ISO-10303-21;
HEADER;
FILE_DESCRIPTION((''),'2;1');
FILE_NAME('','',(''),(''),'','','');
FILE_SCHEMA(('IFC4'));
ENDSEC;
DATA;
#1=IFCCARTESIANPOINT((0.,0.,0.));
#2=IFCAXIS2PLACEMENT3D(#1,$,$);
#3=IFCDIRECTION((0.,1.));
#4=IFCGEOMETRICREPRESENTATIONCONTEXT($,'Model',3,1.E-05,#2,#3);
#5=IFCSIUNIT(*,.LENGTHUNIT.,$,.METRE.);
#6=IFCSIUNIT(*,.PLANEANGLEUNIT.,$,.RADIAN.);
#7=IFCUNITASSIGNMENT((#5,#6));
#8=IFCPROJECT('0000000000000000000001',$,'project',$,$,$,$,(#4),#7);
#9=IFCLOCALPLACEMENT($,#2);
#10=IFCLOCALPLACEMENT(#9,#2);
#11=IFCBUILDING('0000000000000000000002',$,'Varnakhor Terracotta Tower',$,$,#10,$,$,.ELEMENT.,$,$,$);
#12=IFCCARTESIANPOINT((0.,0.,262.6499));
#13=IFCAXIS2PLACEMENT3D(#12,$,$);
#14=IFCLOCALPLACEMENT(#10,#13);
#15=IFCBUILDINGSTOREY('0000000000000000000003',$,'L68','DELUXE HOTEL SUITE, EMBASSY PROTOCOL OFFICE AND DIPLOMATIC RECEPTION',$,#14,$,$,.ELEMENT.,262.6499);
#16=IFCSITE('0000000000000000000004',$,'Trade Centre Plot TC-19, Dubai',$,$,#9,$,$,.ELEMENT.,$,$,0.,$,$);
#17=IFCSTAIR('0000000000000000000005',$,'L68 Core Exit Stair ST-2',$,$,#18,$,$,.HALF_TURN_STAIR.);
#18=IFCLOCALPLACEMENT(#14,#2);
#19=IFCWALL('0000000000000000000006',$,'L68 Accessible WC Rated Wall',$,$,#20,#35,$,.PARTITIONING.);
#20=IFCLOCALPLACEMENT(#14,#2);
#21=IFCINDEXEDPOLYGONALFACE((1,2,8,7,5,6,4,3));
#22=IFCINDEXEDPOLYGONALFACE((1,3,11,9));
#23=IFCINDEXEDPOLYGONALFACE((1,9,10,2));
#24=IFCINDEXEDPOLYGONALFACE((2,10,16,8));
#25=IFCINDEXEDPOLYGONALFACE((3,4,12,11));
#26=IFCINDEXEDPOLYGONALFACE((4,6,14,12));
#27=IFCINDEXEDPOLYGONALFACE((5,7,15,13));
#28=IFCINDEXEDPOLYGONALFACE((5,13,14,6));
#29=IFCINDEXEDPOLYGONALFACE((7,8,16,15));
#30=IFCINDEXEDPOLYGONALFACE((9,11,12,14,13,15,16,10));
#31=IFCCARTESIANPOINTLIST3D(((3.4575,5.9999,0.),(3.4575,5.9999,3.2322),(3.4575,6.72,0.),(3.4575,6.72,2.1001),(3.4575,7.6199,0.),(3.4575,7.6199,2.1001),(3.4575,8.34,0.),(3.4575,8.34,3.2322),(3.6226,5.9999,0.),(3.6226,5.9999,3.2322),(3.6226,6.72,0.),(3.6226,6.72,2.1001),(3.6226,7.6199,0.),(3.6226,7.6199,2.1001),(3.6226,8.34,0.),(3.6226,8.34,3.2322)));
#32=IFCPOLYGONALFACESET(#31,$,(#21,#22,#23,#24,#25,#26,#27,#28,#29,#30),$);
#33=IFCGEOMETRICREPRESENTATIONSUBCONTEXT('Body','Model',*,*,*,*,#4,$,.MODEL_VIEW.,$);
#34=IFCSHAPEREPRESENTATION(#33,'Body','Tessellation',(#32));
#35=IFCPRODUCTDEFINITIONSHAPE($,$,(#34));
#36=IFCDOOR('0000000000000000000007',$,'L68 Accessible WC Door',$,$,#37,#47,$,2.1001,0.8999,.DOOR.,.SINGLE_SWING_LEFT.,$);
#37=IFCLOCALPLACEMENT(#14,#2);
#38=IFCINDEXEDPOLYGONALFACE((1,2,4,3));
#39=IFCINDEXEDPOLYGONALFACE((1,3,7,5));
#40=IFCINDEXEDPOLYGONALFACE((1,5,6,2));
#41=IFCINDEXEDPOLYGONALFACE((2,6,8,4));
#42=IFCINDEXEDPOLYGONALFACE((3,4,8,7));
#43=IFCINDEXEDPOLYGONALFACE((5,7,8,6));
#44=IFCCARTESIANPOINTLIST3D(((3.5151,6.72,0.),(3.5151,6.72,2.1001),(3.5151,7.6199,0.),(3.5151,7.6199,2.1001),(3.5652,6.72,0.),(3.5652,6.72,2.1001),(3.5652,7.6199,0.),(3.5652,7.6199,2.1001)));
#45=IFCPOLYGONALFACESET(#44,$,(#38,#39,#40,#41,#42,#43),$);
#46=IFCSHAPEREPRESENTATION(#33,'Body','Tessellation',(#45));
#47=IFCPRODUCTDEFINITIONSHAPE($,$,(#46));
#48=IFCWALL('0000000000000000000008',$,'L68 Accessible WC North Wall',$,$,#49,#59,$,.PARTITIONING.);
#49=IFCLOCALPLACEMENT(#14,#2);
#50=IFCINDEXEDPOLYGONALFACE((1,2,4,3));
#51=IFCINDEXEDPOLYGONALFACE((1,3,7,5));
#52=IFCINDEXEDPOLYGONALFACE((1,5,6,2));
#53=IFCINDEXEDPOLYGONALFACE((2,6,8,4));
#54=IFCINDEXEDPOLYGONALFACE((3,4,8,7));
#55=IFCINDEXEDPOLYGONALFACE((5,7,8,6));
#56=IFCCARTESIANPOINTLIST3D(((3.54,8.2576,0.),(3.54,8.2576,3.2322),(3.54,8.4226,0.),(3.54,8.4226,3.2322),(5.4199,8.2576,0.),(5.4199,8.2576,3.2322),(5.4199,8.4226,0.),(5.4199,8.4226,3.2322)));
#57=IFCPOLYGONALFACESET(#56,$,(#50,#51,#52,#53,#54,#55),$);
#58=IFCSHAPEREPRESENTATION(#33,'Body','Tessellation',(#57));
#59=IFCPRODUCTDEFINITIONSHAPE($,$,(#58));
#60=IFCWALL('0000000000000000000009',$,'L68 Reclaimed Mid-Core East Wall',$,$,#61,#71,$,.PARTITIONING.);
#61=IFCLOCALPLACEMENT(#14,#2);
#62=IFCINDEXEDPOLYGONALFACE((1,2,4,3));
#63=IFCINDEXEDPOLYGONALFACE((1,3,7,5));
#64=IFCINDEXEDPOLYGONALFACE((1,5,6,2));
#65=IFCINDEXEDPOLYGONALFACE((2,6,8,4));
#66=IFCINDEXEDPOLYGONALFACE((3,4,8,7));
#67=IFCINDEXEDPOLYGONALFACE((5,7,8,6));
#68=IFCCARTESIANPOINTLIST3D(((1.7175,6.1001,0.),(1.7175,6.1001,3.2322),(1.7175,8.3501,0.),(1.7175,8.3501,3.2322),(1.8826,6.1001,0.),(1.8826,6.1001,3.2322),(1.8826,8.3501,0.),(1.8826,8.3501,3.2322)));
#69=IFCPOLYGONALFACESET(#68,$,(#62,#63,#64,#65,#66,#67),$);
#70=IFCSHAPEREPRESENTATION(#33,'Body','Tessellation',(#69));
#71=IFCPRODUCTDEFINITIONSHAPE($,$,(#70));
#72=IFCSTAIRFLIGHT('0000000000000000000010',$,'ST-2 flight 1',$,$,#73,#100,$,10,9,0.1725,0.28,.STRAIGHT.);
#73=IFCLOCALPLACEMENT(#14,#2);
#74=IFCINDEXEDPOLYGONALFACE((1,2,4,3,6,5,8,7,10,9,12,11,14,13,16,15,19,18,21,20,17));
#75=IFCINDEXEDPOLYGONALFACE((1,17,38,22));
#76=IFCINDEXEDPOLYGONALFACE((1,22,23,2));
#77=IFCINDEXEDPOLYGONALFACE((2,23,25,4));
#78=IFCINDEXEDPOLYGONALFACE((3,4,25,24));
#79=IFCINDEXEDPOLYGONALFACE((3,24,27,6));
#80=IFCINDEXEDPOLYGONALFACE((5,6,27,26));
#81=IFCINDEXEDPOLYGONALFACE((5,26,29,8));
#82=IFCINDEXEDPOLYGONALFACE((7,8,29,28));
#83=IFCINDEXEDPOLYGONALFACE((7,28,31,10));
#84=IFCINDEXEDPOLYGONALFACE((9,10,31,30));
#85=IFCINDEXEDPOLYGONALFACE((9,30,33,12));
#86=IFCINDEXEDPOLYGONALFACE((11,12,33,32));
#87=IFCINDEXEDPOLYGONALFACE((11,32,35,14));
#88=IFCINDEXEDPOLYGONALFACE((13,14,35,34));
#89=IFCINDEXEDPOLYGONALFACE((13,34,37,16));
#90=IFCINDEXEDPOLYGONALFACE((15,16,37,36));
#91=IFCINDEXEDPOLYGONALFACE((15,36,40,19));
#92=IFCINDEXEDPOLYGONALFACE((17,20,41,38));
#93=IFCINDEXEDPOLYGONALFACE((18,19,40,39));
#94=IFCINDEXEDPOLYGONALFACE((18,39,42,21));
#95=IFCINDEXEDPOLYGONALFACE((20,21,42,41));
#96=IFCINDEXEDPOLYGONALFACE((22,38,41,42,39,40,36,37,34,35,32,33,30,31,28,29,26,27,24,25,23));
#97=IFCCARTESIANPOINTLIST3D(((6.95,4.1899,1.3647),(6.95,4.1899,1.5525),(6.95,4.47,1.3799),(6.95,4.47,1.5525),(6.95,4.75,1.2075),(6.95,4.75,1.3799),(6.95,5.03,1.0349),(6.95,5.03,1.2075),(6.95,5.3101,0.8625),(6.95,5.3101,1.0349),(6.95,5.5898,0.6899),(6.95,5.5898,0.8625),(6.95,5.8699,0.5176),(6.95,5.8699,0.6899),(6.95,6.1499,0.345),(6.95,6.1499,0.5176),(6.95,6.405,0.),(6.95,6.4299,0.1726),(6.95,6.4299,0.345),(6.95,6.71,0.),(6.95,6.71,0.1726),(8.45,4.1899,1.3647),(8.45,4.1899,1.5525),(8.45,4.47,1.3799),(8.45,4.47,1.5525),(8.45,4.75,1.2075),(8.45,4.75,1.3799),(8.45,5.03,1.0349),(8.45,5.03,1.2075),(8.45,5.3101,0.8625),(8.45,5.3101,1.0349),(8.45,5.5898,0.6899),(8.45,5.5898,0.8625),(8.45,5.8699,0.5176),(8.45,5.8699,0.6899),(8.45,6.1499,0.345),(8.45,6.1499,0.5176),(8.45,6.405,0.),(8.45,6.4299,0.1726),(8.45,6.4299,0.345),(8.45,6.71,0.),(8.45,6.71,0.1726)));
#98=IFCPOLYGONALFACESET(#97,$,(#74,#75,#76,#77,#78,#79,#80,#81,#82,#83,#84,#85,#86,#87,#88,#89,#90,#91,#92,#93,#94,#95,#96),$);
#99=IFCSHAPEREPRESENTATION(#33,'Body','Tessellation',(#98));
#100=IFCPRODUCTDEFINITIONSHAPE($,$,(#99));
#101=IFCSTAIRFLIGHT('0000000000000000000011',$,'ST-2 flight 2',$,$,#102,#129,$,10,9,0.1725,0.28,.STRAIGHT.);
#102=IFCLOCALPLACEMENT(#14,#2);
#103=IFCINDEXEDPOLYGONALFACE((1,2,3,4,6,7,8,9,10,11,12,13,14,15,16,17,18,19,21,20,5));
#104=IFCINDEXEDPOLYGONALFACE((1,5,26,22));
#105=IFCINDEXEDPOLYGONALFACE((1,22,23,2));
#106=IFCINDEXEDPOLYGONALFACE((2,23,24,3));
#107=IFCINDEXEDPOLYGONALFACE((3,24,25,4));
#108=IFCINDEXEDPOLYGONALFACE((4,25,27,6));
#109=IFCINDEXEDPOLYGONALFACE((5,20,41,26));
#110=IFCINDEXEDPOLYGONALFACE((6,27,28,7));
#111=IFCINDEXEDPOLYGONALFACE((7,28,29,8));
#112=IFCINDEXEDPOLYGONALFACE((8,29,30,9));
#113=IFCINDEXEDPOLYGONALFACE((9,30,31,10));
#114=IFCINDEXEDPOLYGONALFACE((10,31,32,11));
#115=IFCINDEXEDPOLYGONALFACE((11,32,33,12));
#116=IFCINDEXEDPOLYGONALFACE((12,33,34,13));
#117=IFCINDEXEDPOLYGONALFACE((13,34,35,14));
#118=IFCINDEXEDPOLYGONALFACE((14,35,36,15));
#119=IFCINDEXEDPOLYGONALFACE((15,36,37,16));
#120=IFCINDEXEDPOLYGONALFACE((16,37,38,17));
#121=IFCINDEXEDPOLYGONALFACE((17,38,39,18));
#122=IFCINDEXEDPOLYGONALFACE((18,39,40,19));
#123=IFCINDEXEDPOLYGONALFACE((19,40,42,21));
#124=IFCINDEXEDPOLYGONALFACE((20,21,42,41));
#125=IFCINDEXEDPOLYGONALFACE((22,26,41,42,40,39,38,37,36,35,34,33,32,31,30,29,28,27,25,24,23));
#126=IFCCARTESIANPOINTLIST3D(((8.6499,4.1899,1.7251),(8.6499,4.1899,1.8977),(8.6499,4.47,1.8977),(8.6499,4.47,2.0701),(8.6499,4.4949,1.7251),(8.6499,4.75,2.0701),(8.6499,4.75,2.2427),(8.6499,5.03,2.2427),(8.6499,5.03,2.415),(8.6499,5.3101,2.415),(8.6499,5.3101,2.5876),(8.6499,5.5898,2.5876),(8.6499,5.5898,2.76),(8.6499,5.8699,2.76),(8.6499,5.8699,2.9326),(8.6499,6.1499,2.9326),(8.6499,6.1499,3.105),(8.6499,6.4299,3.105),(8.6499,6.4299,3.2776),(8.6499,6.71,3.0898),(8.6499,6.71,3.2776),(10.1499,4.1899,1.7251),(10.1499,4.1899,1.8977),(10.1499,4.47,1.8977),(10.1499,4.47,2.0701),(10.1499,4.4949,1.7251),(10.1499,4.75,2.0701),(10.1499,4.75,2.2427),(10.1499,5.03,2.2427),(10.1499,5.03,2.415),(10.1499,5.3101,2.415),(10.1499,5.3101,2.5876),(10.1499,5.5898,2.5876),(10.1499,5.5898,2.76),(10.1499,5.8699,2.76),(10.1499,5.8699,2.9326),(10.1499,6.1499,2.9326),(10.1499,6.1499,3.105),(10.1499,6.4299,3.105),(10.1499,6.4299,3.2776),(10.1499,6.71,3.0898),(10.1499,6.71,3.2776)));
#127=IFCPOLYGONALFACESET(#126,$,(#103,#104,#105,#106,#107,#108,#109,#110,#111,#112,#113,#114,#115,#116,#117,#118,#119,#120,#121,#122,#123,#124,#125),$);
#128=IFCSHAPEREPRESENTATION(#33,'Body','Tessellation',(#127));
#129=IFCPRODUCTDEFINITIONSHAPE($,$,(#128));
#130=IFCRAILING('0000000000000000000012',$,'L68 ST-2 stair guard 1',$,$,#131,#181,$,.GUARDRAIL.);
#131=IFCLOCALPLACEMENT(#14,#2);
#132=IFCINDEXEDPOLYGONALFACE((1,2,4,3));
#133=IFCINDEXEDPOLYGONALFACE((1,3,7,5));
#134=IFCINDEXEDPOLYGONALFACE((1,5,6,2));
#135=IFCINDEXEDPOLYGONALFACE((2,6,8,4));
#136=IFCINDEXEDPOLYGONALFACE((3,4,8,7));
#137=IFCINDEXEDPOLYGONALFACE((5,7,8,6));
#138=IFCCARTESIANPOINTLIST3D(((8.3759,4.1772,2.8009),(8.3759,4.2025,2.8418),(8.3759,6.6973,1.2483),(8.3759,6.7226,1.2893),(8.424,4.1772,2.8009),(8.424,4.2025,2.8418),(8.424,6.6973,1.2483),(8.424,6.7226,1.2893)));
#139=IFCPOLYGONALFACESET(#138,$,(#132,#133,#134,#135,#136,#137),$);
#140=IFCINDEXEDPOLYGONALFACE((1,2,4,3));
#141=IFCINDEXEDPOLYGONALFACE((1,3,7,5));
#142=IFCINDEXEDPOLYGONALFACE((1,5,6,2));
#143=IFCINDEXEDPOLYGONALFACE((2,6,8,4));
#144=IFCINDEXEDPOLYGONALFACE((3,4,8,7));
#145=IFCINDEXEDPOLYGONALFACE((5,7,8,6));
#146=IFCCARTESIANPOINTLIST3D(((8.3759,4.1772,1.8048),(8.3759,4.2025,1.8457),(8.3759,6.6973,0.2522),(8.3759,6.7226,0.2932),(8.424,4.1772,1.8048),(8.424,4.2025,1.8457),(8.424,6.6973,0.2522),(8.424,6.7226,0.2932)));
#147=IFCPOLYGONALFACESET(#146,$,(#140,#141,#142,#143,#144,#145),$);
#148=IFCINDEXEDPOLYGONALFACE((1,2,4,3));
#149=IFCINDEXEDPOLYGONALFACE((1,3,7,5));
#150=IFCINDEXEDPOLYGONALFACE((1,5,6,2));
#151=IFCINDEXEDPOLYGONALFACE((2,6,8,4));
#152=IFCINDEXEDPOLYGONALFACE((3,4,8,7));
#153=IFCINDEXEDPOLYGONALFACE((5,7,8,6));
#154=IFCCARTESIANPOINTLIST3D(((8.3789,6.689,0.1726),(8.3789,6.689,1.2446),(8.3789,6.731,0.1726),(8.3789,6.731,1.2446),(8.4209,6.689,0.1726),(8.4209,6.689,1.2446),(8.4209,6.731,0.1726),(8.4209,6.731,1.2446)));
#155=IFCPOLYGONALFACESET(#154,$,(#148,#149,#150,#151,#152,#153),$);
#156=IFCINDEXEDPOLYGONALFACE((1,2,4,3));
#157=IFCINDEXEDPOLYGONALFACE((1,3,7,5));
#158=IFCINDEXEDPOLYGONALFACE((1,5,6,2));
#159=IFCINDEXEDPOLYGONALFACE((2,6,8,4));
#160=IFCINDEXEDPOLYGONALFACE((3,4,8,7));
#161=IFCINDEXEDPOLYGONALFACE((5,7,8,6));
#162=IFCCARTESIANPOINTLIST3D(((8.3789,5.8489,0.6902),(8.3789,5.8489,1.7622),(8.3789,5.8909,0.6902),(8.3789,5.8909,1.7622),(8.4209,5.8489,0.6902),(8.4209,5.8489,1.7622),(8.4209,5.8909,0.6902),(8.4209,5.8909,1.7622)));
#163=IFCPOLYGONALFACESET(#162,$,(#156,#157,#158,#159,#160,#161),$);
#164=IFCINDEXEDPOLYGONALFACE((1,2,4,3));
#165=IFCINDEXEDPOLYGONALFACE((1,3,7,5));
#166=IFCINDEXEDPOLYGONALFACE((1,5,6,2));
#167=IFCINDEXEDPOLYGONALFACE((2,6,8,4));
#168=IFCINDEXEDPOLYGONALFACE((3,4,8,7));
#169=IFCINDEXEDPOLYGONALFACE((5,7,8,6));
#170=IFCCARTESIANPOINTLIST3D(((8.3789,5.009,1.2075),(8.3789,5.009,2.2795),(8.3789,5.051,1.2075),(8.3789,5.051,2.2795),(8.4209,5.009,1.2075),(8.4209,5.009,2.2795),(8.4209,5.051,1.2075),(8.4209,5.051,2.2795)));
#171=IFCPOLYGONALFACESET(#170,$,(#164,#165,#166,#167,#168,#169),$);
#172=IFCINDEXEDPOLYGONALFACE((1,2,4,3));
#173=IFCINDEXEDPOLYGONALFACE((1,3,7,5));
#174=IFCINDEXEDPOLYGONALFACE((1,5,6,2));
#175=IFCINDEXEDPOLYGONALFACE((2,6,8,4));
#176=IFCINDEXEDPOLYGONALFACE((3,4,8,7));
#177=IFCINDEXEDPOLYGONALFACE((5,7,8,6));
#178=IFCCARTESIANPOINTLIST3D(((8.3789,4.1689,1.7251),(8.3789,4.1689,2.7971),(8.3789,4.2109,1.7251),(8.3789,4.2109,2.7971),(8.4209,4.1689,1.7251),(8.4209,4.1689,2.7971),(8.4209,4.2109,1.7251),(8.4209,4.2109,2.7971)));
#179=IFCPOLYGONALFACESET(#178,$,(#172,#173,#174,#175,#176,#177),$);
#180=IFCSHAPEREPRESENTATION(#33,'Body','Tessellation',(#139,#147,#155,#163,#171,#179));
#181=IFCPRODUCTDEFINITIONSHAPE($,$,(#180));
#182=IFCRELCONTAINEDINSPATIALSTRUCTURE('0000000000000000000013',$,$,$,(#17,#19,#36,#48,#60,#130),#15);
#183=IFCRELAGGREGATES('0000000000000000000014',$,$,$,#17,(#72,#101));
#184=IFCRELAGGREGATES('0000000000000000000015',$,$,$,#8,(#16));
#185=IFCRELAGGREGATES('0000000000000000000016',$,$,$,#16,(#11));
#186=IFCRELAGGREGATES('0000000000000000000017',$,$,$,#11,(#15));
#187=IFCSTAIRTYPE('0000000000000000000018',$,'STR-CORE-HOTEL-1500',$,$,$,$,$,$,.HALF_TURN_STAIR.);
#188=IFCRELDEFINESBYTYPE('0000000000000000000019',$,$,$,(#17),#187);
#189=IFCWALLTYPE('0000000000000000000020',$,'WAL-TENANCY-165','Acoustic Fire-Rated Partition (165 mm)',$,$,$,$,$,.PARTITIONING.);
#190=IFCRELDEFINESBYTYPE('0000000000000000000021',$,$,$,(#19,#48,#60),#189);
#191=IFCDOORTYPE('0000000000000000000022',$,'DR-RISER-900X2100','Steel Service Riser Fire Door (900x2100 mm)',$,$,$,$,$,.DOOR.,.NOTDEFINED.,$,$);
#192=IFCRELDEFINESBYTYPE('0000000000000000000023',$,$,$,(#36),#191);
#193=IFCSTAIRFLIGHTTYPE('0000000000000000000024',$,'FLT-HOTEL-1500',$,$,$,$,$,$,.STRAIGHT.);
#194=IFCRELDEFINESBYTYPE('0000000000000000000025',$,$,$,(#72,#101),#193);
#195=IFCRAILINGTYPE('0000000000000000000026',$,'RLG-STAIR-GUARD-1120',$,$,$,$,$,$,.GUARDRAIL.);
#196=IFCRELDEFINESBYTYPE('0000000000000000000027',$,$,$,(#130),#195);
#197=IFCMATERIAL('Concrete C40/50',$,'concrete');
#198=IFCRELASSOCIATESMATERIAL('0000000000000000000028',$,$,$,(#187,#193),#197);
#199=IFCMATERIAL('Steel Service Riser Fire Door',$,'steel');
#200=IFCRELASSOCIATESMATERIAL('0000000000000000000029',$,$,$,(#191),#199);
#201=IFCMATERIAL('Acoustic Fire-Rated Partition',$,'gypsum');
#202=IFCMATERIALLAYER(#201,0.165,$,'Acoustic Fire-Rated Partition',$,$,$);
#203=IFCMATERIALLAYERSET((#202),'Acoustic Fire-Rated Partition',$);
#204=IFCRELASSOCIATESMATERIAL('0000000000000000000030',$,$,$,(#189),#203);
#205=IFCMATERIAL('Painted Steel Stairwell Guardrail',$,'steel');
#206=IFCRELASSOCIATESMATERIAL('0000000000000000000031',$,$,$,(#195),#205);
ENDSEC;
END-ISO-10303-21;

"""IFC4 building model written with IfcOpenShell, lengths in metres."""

from ifc_helpers import new_model, si_unit, direction, frame, frame_2d, origin, origin_2d, place, context, subcontext, project, spatial, polyline, rectangle, outline, extrude, source, transform, mapped, material, layer, layer_set, type_object, type_shapes, element, fill, aggregate, save


model = new_model("IFC4")

# Units and contexts
model_context = context("Model", 3, precision=1e-05, world=origin(), true_north=direction((0.0, 1.0)))
body_context = subcontext(model_context, "Body", "Model", "MODEL_VIEW")
ifc_project = project(units=[si_unit("LENGTHUNIT", "METRE"), si_unit("PLANEANGLEUNIT", "RADIAN")], contexts=[model_context])

# Site, building, storey
site_placement = place(None, origin())
site = spatial("IfcSite", under=ifc_project, at=site_placement, Name="Trade Centre Plot TC-19, Dubai", CompositionType="ELEMENT", RefElevation=0.0)
building_placement = place(site_placement, origin())
building = spatial("IfcBuilding", under=site, at=building_placement, Name="Varnakhor Terracotta Tower", CompositionType="ELEMENT")
storey_placement = place(building_placement, frame((0.0, 0.0, 262.6499)))
storey = spatial("IfcBuildingStorey", under=building, at=storey_placement, Name="L68", Description="DELUXE HOTEL SUITE, EMBASSY PROTOCOL OFFICE AND DIPLOMATIC RECEPTION", CompositionType="ELEMENT", Elevation=262.6499)

# Shared definitions
ifc_material_1 = material(Name="Concrete C40/50", Category="concrete")

# Stair
stair_type = type_object("IfcStairType", Name="STR-CORE-HOTEL-1500", PredefinedType="HALF_TURN_STAIR", material=ifc_material_1)
stair_1_placement = place(storey_placement, origin())
stair_1 = element("IfcStair", 1, at=stair_1_placement, inside=storey, type_object=stair_type, Name="L68 Core Exit Stair ST-2", PredefinedType="HALF_TURN_STAIR")

# Shared definitions
ifc_material_2 = material(Name="Acoustic Fire-Rated Partition", Category="gypsum")

# Wall, opening, door
ifc_material_3 = material(Name="Steel Service Riser Fire Door", Category="steel")
door_type_1 = type_object("IfcDoorType", Name="DR-RISER-900X2100", Description="Steel Service Riser Fire Door (900x2100 mm)", OperationType="NOTDEFINED", PredefinedType="DOOR", material=ifc_material_3)
shared_shape_1 = source(origin(), body_context, "Body", "SweptSolid", [
    extrude(rectangle(XDim=0.8999, YDim=2.1001, at=frame_2d((0.45, 1.05))), frame((0.0, 0.0249, 0.0), z_axis=(0.0, -1.0, 0.0), x_axis=(1.0, 0.0, 0.0)), (0.0, 0.0, 1.0), 0.05),
])
type_shapes(door_type_1, [shared_shape_1])
ifc_layer_1 = layer(ifc_material_2, 0.165, Name="Acoustic Fire-Rated Partition")
ifc_layer_set_1 = layer_set([ifc_layer_1], Name="Acoustic Fire-Rated Partition")
wall_type_1 = type_object("IfcWallType", Name="WAL-TENANCY-165", Description="Acoustic Fire-Rated Partition (165 mm)", PredefinedType="PARTITIONING", material=ifc_layer_set_1)
wall_1_placement = place(storey_placement, frame((3.54, 6.0, 0.0), z_axis=(0.0, 0.0, 1.0), x_axis=(0.0, 1.0, 0.0)))
wall_1 = element("IfcWall", 2, at=wall_1_placement, inside=storey, type_object=wall_type_1, Name="L68 Accessible WC Rated Wall", PredefinedType="PARTITIONING", context=body_context, shape_type="SweptSolid", body=[
    extrude(rectangle(XDim=2.3401, YDim=0.165, at=frame_2d((1.1699, 0.0))), origin(), (0.0, 0.0, 1.0), 3.2322),
])
opening_1_placement = place(wall_1_placement, frame((0.72, 0.0, 0.0)))
opening_1 = element("IfcOpeningElement", 3, at=opening_1_placement, cuts=wall_1, PredefinedType="OPENING", context=body_context, shape_type="SweptSolid", body=[
    extrude(rectangle(XDim=0.8999, YDim=2.1001, at=frame_2d((0.45, 1.05))), frame((0.0, 0.0925, 0.0), z_axis=(0.0, -1.0, 0.0), x_axis=(1.0, 0.0, 0.0)), (0.0, 0.0, 1.0), 0.1851),
])
door_1_placement = place(opening_1_placement, origin())
door_1 = element("IfcDoor", 4, at=door_1_placement, inside=storey, type_object=door_type_1, Name="L68 Accessible WC Door", OperationType="SINGLE_SWING_LEFT", OverallHeight=2.1001, OverallWidth=0.8999, PredefinedType="DOOR", context=body_context, shape_type="MappedRepresentation", body=[
    mapped(shared_shape_1, transform((0.0, 0.0, 0.0), scale=1.0)),
])
fill(opening_1, door_1)

# Walls
wall_2_placement = place(storey_placement, frame((3.54, 8.3401, 0.0), z_axis=(0.0, 0.0, 1.0), x_axis=(1.0, 0.0, 0.0)))
element("IfcWall", 5, at=wall_2_placement, inside=storey, type_object=wall_type_1, Name="L68 Accessible WC North Wall", PredefinedType="PARTITIONING", context=body_context, shape_type="SweptSolid", body=[
    extrude(rectangle(XDim=1.8799, YDim=0.165, at=frame_2d((0.9399, 0.0))), origin(), (0.0, 0.0, 1.0), 3.2322),
])
wall_3_placement = place(storey_placement, frame((1.8, 6.1001, 0.0), z_axis=(0.0, 0.0, 1.0), x_axis=(0.0, 1.0, 0.0)))
element("IfcWall", 6, at=wall_3_placement, inside=storey, type_object=wall_type_1, Name="L68 Reclaimed Mid-Core East Wall", PredefinedType="PARTITIONING", context=body_context, shape_type="SweptSolid", body=[
    extrude(rectangle(XDim=2.25, YDim=0.165, at=frame_2d((1.125, 0.0))), origin(), (0.0, 0.0, 1.0), 3.2322),
])

# Stair flights
stair_flight_type = type_object("IfcStairFlightType", Name="FLT-HOTEL-1500", PredefinedType="STRAIGHT", material=ifc_material_1)
stair_flight_1_placement = place(storey_placement, frame((7.7, 6.71, 0.0), z_axis=(0.0, 0.0, 1.0), x_axis=(0.0, -1.0, 0.0)))
stair_flight_1 = element("IfcStairFlight", 7, at=stair_flight_1_placement, type_object=stair_flight_type, Name="ST-2 flight 1", NumberOfRisers=10, NumberOfTreads=9, PredefinedType="STRAIGHT", RiserHeight=0.1725, TreadLength=0.28, context=body_context, shape_type="SweptSolid", body=[
    extrude(outline(polyline([(0.0, 0.0), (0.0, 0.1726), (0.28, 0.1726), (0.28, 0.345), (0.5601, 0.345), (0.5601, 0.5176), (0.8401, 0.5176), (0.8401, 0.6899), (1.1201, 0.6899), (1.1201, 0.8625), (1.3999, 0.8625), (1.3999, 1.0349), (1.6799, 1.0349), (1.6799, 1.2075), (1.96, 1.2075), (1.96, 1.3799), (2.24, 1.3799), (2.24, 1.5525), (2.52, 1.5525), (2.52, 1.7251), (2.52, 1.3647), (0.3049, 0.0), (0.0, 0.0)])), frame((0.0, 0.75, 0.0), z_axis=(0.0, -1.0, 0.0), x_axis=(1.0, 0.0, 0.0)), (0.0, 0.0, 1.0), 1.5),
])
stair_flight_2_placement = place(storey_placement, frame((9.3999, 4.1899, 1.7251), z_axis=(0.0, 0.0, 1.0), x_axis=(0.0, 1.0, 0.0)))
stair_flight_2 = element("IfcStairFlight", 8, at=stair_flight_2_placement, type_object=stair_flight_type, Name="ST-2 flight 2", NumberOfRisers=10, NumberOfTreads=9, PredefinedType="STRAIGHT", RiserHeight=0.1725, TreadLength=0.28, context=body_context, shape_type="SweptSolid", body=[
    extrude(outline(polyline([(0.0, 0.0), (0.0, 0.1726), (0.28, 0.1726), (0.28, 0.345), (0.5601, 0.345), (0.5601, 0.5176), (0.8401, 0.5176), (0.8401, 0.6899), (1.1201, 0.6899), (1.1201, 0.8625), (1.3999, 0.8625), (1.3999, 1.0349), (1.6799, 1.0349), (1.6799, 1.2075), (1.96, 1.2075), (1.96, 1.3799), (2.24, 1.3799), (2.24, 1.5525), (2.52, 1.5525), (2.52, 1.7251), (2.52, 1.3647), (0.3049, 0.0), (0.0, 0.0)])), frame((0.0, 0.75, 0.0), z_axis=(0.0, -1.0, 0.0), x_axis=(1.0, 0.0, 0.0)), (0.0, 0.0, 1.0), 1.5),
])
aggregate(stair_1, [stair_flight_1, stair_flight_2])

# Railing
ifc_material_4 = material(Name="Painted Steel Stairwell Guardrail", Category="steel")
railing_type_1 = type_object("IfcRailingType", Name="RLG-STAIR-GUARD-1120", PredefinedType="GUARDRAIL", material=ifc_material_4)
railing_1_placement = place(storey_placement, frame((8.3999, 6.71, 0.1726)))
element("IfcRailing", 9, at=railing_1_placement, inside=storey, type_object=railing_type_1, Name="L68 ST-2 stair guard 1", PredefinedType="GUARDRAIL", context=body_context, shape_type="SweptSolid", body=[
    extrude(rectangle(XDim=0.0481, YDim=0.0481, at=origin_2d()), frame((0.0, 0.0, 1.0962), z_axis=(0.0, -0.8514, 0.524516), x_axis=(1.0, 0.0, 0.0)), (0.0, 0.0, 1.0), 2.96),
    extrude(rectangle(XDim=0.0481, YDim=0.0481, at=origin_2d()), frame((0.0, 0.0, 0.1001), z_axis=(0.0, -0.8514, 0.524516), x_axis=(1.0, 0.0, 0.0)), (0.0, 0.0, 1.0), 2.96),
    extrude(rectangle(XDim=0.042, YDim=0.042, at=origin_2d()), origin(), (0.0, 0.0, 1.0), 1.072),
    extrude(rectangle(XDim=0.042, YDim=0.042, at=origin_2d()), frame((0.0, -0.8401, 0.5176)), (0.0, 0.0, 1.0), 1.072),
    extrude(rectangle(XDim=0.042, YDim=0.042, at=origin_2d()), frame((0.0, -1.6799, 1.0349)), (0.0, 0.0, 1.0), 1.072),
    extrude(rectangle(XDim=0.042, YDim=0.042, at=origin_2d()), frame((0.0, -2.52, 1.5525)), (0.0, 0.0, 1.0), 1.072),
])

save(model, "model.ifc")
